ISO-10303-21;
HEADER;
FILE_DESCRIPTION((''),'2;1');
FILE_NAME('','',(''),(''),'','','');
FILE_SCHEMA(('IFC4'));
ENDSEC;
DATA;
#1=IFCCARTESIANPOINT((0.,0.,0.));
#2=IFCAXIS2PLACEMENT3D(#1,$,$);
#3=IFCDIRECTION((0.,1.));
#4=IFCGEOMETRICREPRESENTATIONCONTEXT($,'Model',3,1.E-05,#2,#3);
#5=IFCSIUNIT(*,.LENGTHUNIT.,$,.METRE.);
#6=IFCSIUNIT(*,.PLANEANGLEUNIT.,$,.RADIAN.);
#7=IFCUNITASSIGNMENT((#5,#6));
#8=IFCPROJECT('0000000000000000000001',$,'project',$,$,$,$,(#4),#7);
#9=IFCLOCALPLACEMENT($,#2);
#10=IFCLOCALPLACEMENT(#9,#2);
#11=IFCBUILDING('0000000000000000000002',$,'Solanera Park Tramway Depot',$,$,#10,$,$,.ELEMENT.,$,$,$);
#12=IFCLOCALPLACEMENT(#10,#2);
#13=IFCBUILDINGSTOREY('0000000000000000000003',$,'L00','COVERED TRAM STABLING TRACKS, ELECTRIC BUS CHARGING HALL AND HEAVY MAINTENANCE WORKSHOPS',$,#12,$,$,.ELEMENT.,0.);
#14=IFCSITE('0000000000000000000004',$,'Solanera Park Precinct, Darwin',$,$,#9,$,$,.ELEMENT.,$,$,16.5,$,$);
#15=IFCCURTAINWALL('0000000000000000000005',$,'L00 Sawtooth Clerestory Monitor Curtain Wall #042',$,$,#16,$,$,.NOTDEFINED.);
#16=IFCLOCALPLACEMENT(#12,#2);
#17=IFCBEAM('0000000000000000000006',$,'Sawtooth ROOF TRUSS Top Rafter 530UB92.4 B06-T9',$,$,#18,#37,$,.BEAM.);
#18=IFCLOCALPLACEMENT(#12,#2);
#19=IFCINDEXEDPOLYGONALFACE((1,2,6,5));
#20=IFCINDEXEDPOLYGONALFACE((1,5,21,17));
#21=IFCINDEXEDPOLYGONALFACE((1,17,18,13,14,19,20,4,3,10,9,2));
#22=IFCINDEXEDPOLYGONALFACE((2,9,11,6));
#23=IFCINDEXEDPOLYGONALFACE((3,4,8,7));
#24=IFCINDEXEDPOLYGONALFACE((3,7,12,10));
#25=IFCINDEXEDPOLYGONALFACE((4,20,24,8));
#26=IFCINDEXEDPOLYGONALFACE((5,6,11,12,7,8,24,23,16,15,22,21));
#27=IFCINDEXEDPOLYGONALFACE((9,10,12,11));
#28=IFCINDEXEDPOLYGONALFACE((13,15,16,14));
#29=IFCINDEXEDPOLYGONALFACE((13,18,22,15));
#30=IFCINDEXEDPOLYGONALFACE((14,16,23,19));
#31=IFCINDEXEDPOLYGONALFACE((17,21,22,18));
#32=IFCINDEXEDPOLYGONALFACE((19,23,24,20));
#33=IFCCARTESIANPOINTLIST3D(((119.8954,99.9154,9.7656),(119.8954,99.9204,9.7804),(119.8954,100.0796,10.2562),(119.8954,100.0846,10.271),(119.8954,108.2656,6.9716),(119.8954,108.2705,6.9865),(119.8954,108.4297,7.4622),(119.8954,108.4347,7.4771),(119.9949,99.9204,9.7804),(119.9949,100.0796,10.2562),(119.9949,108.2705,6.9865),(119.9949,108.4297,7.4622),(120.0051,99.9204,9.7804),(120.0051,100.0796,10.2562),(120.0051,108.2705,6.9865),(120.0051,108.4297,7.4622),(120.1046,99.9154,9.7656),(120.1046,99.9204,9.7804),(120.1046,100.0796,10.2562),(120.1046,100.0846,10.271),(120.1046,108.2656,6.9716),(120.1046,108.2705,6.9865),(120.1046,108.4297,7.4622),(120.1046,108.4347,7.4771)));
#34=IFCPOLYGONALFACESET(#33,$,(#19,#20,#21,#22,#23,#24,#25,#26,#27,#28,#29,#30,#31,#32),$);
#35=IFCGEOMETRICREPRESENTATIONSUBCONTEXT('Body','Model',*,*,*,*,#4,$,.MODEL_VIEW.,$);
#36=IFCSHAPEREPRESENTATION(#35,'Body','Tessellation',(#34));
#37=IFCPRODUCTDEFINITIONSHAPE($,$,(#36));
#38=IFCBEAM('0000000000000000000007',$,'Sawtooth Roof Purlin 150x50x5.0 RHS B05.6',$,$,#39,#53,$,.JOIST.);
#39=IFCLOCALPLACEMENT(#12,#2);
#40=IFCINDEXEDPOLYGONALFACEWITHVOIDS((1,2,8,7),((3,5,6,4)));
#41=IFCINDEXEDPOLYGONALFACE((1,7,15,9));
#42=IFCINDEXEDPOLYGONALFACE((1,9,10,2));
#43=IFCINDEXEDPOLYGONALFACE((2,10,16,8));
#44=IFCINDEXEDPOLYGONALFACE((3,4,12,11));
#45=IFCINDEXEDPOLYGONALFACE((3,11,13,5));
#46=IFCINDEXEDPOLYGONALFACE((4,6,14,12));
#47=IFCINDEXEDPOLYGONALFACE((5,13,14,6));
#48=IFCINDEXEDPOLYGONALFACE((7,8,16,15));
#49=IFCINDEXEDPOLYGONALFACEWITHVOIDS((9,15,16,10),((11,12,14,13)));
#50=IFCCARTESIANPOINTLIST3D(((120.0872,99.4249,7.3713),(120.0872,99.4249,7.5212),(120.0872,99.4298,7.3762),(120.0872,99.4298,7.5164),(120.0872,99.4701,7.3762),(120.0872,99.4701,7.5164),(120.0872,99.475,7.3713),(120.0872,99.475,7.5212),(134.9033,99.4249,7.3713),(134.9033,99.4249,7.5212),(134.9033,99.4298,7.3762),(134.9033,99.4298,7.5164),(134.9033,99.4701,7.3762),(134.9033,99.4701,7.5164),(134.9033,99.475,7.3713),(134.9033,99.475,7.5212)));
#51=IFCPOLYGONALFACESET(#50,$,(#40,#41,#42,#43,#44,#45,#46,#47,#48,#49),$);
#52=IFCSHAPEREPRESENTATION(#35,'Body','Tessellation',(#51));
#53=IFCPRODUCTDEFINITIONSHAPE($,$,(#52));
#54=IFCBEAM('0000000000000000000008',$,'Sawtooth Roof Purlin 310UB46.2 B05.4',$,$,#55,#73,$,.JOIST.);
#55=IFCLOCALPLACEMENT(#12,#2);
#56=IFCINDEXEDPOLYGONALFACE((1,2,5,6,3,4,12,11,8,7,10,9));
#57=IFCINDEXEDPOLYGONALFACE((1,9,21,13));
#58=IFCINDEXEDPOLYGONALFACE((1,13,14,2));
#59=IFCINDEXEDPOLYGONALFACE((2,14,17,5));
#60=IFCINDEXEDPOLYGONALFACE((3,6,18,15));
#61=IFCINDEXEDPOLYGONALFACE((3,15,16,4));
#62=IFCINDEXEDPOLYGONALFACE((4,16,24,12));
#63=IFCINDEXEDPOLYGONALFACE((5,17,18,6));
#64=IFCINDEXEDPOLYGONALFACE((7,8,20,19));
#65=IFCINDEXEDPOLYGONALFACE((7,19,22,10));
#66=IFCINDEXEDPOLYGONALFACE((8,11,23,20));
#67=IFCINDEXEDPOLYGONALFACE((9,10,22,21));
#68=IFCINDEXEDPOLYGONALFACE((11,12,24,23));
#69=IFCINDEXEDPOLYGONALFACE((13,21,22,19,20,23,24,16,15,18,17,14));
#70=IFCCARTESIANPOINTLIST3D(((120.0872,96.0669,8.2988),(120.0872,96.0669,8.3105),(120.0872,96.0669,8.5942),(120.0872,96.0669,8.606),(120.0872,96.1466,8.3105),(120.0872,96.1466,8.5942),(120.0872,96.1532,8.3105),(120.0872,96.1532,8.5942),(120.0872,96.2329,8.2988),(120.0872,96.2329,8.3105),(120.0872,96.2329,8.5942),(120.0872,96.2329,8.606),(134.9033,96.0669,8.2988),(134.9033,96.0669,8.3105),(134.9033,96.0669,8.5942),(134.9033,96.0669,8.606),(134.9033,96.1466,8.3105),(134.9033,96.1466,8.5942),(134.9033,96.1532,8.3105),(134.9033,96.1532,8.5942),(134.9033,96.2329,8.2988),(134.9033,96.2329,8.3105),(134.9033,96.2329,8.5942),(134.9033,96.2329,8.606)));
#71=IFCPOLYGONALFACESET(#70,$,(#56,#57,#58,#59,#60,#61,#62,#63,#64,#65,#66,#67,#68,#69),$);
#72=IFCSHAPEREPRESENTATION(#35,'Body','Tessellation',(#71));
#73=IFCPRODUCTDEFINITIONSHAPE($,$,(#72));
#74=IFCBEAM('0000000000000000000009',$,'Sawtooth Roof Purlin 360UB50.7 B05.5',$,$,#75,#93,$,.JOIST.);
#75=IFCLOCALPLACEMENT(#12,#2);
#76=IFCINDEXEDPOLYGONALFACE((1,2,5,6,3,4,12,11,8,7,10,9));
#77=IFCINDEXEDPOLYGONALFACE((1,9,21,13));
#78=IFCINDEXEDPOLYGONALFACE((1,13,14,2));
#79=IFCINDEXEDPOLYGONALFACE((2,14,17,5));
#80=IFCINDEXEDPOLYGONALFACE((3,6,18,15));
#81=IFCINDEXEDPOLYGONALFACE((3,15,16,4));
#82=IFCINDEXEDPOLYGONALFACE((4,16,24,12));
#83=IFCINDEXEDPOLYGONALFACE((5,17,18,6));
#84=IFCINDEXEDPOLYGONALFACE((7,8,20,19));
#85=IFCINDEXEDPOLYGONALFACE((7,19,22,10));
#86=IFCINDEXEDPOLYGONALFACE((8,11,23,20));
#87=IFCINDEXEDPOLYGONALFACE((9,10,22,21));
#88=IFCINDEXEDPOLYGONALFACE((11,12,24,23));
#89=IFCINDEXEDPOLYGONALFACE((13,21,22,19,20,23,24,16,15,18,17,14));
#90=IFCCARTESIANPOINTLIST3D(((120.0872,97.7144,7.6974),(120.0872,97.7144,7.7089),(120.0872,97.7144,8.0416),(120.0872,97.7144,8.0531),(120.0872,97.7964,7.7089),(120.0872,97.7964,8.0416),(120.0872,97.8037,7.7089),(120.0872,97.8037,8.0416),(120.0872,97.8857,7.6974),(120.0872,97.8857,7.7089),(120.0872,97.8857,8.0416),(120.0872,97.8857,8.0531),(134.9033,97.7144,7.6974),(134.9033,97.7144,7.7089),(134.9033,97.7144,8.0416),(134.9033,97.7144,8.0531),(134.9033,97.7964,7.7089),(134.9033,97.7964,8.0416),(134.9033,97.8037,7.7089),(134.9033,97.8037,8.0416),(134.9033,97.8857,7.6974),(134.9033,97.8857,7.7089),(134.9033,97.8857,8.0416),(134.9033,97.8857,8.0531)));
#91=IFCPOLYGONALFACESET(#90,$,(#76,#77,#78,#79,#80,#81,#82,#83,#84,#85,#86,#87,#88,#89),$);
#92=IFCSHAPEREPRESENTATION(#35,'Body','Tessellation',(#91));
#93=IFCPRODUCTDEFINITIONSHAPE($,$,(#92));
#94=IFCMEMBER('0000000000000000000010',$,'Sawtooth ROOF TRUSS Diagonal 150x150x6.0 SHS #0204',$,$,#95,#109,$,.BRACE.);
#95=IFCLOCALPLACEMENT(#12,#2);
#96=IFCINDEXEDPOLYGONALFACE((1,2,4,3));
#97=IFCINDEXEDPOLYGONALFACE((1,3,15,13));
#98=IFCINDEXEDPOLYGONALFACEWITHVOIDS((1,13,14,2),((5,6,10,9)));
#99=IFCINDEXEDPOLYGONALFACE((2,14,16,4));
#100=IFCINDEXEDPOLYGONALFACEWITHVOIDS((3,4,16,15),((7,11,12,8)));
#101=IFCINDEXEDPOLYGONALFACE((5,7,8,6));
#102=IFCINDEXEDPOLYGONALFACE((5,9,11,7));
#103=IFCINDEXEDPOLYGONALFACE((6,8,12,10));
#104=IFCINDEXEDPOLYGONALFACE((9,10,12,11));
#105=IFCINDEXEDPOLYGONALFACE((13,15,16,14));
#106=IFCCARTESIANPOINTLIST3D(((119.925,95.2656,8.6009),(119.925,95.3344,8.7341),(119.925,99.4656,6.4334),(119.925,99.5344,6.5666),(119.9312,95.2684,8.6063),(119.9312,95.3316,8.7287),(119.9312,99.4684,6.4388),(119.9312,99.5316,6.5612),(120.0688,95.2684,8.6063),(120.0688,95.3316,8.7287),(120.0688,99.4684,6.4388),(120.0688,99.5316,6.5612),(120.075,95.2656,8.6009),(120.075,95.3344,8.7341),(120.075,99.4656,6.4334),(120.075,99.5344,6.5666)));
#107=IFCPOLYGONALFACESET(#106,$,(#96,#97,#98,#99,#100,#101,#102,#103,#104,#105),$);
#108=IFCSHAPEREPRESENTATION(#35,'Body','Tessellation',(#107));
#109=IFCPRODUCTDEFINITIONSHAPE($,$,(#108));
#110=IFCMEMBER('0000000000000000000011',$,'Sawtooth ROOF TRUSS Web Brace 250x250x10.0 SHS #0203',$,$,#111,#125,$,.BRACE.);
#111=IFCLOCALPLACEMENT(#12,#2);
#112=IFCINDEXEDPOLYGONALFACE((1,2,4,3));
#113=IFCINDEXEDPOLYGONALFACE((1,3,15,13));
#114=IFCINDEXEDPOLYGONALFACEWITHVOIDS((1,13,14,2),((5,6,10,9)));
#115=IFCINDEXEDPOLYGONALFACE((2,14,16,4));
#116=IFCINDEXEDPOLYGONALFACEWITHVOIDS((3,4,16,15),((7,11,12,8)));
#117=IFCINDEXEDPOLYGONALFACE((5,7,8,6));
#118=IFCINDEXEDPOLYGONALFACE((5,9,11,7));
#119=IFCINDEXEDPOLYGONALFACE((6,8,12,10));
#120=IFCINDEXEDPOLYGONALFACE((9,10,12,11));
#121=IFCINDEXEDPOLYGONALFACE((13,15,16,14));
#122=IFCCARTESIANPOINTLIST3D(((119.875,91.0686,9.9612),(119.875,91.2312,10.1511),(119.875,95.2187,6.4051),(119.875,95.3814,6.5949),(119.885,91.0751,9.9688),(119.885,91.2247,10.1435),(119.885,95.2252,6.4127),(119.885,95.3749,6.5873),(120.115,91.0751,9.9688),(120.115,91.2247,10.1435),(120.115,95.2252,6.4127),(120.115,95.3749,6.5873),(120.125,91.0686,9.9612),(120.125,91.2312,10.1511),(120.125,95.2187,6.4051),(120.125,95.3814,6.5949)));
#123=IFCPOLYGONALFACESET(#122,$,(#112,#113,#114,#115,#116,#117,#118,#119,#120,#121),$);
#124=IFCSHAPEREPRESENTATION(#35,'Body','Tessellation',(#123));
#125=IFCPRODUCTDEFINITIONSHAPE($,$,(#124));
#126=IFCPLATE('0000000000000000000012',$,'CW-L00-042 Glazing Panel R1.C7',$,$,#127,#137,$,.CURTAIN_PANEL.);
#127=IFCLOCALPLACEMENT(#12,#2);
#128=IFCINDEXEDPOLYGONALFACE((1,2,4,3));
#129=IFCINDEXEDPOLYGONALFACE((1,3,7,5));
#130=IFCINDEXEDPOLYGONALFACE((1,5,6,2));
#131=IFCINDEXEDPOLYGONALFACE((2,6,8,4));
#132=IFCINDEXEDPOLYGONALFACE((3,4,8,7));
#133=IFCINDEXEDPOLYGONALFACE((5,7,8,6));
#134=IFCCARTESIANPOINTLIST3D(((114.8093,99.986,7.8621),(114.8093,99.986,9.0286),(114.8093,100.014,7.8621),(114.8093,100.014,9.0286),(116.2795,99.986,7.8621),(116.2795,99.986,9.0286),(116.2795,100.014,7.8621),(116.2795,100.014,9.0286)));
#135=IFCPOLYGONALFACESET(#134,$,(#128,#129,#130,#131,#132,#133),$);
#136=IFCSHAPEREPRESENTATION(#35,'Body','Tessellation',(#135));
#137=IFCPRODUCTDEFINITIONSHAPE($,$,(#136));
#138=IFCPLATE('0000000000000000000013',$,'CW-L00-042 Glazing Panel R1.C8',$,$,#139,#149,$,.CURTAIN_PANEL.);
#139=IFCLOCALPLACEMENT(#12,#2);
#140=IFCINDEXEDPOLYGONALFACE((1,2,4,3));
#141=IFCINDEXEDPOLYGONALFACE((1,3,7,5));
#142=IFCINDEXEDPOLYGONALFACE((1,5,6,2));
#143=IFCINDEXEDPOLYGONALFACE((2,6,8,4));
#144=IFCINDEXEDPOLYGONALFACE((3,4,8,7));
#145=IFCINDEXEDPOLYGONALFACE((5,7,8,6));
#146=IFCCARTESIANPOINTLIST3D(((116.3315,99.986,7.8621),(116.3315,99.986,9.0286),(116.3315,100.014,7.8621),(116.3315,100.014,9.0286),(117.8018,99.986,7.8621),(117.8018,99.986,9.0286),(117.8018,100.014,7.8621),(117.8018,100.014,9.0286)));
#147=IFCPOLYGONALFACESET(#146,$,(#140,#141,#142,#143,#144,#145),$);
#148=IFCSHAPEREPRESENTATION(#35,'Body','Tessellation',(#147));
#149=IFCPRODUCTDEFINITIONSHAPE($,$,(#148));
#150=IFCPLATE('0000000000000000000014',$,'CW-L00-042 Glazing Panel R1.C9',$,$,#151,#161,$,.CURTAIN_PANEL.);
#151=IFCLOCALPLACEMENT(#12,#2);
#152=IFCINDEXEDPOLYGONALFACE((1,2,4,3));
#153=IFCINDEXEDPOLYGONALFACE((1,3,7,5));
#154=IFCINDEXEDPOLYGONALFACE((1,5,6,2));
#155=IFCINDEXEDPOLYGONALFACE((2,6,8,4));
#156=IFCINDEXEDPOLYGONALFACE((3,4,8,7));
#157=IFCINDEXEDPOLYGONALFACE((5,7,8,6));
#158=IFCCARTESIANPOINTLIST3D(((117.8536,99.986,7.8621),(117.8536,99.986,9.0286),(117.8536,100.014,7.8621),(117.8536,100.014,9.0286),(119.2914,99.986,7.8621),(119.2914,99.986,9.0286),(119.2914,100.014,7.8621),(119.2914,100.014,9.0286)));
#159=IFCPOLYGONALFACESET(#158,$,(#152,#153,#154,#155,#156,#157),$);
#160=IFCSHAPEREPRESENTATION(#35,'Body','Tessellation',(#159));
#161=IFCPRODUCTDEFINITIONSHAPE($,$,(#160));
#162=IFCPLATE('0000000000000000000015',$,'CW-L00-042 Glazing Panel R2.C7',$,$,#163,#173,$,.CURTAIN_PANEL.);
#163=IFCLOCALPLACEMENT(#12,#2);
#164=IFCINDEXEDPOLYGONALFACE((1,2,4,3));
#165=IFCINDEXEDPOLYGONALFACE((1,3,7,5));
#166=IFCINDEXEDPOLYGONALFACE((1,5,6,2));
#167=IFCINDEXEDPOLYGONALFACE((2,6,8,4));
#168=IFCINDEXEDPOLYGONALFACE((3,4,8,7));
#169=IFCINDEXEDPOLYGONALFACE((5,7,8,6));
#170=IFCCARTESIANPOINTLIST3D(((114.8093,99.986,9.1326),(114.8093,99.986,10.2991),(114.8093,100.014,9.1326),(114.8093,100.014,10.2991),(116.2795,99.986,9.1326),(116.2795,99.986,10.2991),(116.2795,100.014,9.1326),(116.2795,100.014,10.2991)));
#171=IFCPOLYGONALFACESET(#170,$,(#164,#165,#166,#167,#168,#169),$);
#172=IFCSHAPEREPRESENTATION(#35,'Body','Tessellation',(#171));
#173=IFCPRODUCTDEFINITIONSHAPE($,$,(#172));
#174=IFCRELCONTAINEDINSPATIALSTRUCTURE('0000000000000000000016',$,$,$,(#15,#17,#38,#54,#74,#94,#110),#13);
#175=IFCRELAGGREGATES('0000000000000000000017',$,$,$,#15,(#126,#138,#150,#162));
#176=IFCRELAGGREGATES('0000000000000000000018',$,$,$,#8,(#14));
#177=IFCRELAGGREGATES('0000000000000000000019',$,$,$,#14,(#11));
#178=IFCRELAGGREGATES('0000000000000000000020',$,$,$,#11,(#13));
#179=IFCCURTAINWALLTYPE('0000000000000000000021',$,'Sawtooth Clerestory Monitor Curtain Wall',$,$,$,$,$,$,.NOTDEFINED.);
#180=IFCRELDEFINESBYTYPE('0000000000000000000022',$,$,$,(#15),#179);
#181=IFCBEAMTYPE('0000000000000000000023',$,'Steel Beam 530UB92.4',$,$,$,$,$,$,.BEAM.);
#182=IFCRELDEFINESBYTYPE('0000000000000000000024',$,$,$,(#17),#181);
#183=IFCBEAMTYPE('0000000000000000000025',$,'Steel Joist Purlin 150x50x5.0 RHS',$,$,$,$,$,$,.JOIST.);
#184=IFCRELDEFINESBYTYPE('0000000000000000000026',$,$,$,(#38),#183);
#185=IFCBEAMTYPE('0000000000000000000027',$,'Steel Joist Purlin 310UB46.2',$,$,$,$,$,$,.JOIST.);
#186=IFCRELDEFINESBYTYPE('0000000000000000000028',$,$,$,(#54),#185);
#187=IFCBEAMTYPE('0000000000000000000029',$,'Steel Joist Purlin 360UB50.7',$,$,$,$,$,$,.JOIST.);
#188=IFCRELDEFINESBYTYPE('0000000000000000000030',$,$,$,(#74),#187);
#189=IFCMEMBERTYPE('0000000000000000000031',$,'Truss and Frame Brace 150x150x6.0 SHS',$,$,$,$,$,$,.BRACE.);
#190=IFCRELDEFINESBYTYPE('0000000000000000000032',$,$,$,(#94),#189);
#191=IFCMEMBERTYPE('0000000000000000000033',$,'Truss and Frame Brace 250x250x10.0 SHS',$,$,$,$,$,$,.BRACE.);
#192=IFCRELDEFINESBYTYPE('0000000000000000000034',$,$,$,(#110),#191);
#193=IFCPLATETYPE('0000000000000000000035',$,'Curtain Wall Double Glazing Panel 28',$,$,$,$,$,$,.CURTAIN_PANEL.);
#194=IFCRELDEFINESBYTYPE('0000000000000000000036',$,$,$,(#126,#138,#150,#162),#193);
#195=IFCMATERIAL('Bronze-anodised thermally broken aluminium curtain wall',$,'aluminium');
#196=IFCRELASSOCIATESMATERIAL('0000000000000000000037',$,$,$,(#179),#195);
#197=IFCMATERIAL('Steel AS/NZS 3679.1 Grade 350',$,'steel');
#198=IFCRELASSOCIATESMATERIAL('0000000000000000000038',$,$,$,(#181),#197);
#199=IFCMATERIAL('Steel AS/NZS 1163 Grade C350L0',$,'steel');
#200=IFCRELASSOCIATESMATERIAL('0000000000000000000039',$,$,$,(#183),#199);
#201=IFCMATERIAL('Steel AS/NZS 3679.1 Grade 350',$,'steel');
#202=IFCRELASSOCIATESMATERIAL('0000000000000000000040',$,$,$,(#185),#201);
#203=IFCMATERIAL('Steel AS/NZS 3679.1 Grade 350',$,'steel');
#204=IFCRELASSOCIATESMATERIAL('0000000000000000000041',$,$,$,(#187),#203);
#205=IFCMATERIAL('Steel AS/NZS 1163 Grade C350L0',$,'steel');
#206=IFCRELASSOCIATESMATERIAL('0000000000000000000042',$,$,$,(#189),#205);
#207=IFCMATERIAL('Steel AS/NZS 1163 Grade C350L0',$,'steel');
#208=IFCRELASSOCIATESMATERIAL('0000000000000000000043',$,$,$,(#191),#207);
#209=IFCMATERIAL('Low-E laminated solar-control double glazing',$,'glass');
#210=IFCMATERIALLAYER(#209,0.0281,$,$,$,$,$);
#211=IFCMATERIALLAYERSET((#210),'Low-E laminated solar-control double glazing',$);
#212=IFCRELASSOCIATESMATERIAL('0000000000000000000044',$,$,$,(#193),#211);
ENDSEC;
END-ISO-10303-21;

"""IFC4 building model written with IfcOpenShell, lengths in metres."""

from ifc_helpers import new_model, si_unit, direction, frame, origin, origin_2d, place, context, subcontext, project, spatial, rectangle, hollow_rectangle, i_section, extrude, material, layer, layer_set, material_profile, profile_set, type_object, element, aggregate, save


model = new_model("IFC4")

# Units and contexts
model_context = context("Model", 3, precision=1e-05, world=origin(), true_north=direction((0.0, 1.0)))
body_context = subcontext(model_context, "Body", "Model", "MODEL_VIEW")
ifc_project = project(units=[si_unit("LENGTHUNIT", "METRE"), si_unit("PLANEANGLEUNIT", "RADIAN")], contexts=[model_context])

# Site, building, storey
site_placement = place(None, origin())
site = spatial("IfcSite", under=ifc_project, at=site_placement, Name="Solanera Park Precinct, Darwin", CompositionType="ELEMENT", RefElevation=16.5)
building_placement = place(site_placement, origin())
building = spatial("IfcBuilding", under=site, at=building_placement, Name="Solanera Park Tramway Depot", CompositionType="ELEMENT")
storey_placement = place(building_placement, origin())
storey = spatial("IfcBuildingStorey", under=building, at=storey_placement, Name="L00", Description="COVERED TRAM STABLING TRACKS, ELECTRIC BUS CHARGING HALL AND HEAVY MAINTENANCE WORKSHOPS", CompositionType="ELEMENT", Elevation=0.0)

# Curtain wall
ifc_material_1 = material(Name="Bronze-anodised thermally broken aluminium curtain wall", Category="aluminium")
curtain_wall_type = type_object("IfcCurtainWallType", Name="Sawtooth Clerestory Monitor Curtain Wall", PredefinedType="NOTDEFINED", material=ifc_material_1)
curtain_wall_1_placement = place(storey_placement, origin())
curtain_wall_1 = element("IfcCurtainWall", 1, at=curtain_wall_1_placement, inside=storey, type_object=curtain_wall_type, Name="L00 Sawtooth Clerestory Monitor Curtain Wall #042", PredefinedType="NOTDEFINED")

# Beams
ifc_material_2 = material(Name="Steel AS/NZS 3679.1 Grade 350", Category="steel")
ifc_material_profile_1 = material_profile(ifc_material_2, i_section(OverallWidth=0.2092, OverallDepth=0.533, WebThickness=0.0103, FlangeThickness=0.0156, at=origin_2d()), Name="530UB92.4")
ifc_profile_set_1 = profile_set([ifc_material_profile_1], Name="Steel AS/NZS 3679.1 Grade 350")
beam_type_1 = type_object("IfcBeamType", Name="Steel Beam 530UB92.4", PredefinedType="BEAM", material=ifc_profile_set_1)
beam_1_placement = place(storey_placement, frame((120.0, 100.0, 10.0183), z_axis=(0.0, 0.948322, -0.317309), x_axis=(-1.0, 0.0, 0.0)))
element("IfcBeam", 2, at=beam_1_placement, inside=storey, type_object=beam_type_1, Name="Sawtooth ROOF TRUSS Top Rafter 530UB92.4 B06-T9", PredefinedType="BEAM", context=body_context, shape_type="SweptSolid", body=[
    extrude(i_section(OverallWidth=0.2092, OverallDepth=0.533, WebThickness=0.0103, FlangeThickness=0.0156, at=origin_2d()), origin(), (0.0, 0.0, 1.0), 8.8052),
])
ifc_material_3 = material(Name="Steel AS/NZS 1163 Grade C350L0", Category="steel")
ifc_material_profile_2 = material_profile(ifc_material_3, hollow_rectangle(XDim=0.05, YDim=0.1499, WallThickness=0.0049, at=origin_2d()), Name="150x50x5.0 RHS")
ifc_profile_set_2 = profile_set([ifc_material_profile_2], Name="Steel AS/NZS 1163 Grade C350L0")
beam_type_2 = type_object("IfcBeamType", Name="Steel Joist Purlin 150x50x5.0 RHS", PredefinedType="JOIST", material=ifc_profile_set_2)
beam_2_placement = place(storey_placement, frame((120.0872, 99.45, 7.4463), z_axis=(1.0, 0.0, 0.0), x_axis=(0.0, 1.0, 0.0)))
element("IfcBeam", 3, at=beam_2_placement, inside=storey, type_object=beam_type_2, Name="Sawtooth Roof Purlin 150x50x5.0 RHS B05.6", PredefinedType="JOIST", context=body_context, shape_type="SweptSolid", body=[
    extrude(hollow_rectangle(XDim=0.05, YDim=0.1499, WallThickness=0.0049, at=origin_2d()), origin(), (0.0, 0.0, 1.0), 14.8162),
])
ifc_material_4 = material(Name="Steel AS/NZS 3679.1 Grade 350", Category="steel")
ifc_material_profile_3 = material_profile(ifc_material_4, i_section(OverallWidth=0.166, OverallDepth=0.3071, WebThickness=0.0066, FlangeThickness=0.0117, at=origin_2d()), Name="310UB46.2")
ifc_profile_set_3 = profile_set([ifc_material_profile_3], Name="Steel AS/NZS 3679.1 Grade 350")
beam_type_3 = type_object("IfcBeamType", Name="Steel Joist Purlin 310UB46.2", PredefinedType="JOIST", material=ifc_profile_set_3)
beam_3_placement = place(storey_placement, frame((120.0872, 96.1499, 8.4524), z_axis=(1.0, 0.0, 0.0), x_axis=(0.0, 1.0, 0.0)))
element("IfcBeam", 4, at=beam_3_placement, inside=storey, type_object=beam_type_3, Name="Sawtooth Roof Purlin 310UB46.2 B05.4", PredefinedType="JOIST", context=body_context, shape_type="SweptSolid", body=[
    extrude(i_section(OverallWidth=0.166, OverallDepth=0.3071, WebThickness=0.0066, FlangeThickness=0.0117, at=origin_2d()), origin(), (0.0, 0.0, 1.0), 14.8162),
])
ifc_material_5 = material(Name="Steel AS/NZS 3679.1 Grade 350", Category="steel")
ifc_material_profile_4 = material_profile(ifc_material_5, i_section(OverallWidth=0.1714, OverallDepth=0.3557, WebThickness=0.0073, FlangeThickness=0.0115, at=origin_2d()), Name="360UB50.7")
ifc_profile_set_4 = profile_set([ifc_material_profile_4], Name="Steel AS/NZS 3679.1 Grade 350")
beam_type_4 = type_object("IfcBeamType", Name="Steel Joist Purlin 360UB50.7", PredefinedType="JOIST", material=ifc_profile_set_4)
beam_4_placement = place(storey_placement, frame((120.0872, 97.8, 7.8752), z_axis=(1.0, 0.0, 0.0), x_axis=(0.0, 1.0, 0.0)))
element("IfcBeam", 5, at=beam_4_placement, inside=storey, type_object=beam_type_4, Name="Sawtooth Roof Purlin 360UB50.7 B05.5", PredefinedType="JOIST", context=body_context, shape_type="SweptSolid", body=[
    extrude(i_section(OverallWidth=0.1714, OverallDepth=0.3557, WebThickness=0.0073, FlangeThickness=0.0115, at=origin_2d()), origin(), (0.0, 0.0, 1.0), 14.8162),
])

# Members
ifc_material_6 = material(Name="Steel AS/NZS 1163 Grade C350L0", Category="steel")
ifc_material_profile_5 = material_profile(ifc_material_6, hollow_rectangle(XDim=0.1499, YDim=0.1499, WallThickness=0.0061, at=origin_2d()), Name="150x150x6.0 SHS")
ifc_profile_set_5 = profile_set([ifc_material_profile_5], Name="Steel AS/NZS 1163 Grade C350L0")
member_type_1 = type_object("IfcMemberType", Name="Truss and Frame Brace 150x150x6.0 SHS", PredefinedType="BRACE", material=ifc_profile_set_5)
member_1_placement = place(storey_placement, frame((120.0, 99.5, 6.5), z_axis=(0.0, -0.888641, 0.458603), x_axis=(1.0, 0.0, 0.0)))
element("IfcMember", 6, at=member_1_placement, inside=storey, type_object=member_type_1, Name="Sawtooth ROOF TRUSS Diagonal 150x150x6.0 SHS #0204", PredefinedType="BRACE", context=body_context, shape_type="SweptSolid", body=[
    extrude(hollow_rectangle(XDim=0.1499, YDim=0.1499, WallThickness=0.0061, at=origin_2d()), origin(), (0.0, 0.0, 1.0), 4.7263),
])
ifc_material_7 = material(Name="Steel AS/NZS 1163 Grade C350L0", Category="steel")
ifc_material_profile_6 = material_profile(ifc_material_7, hollow_rectangle(XDim=0.25, YDim=0.25, WallThickness=0.01, at=origin_2d()), Name="250x250x10.0 SHS")
ifc_profile_set_6 = profile_set([ifc_material_profile_6], Name="Steel AS/NZS 1163 Grade C350L0")
member_type_2 = type_object("IfcMemberType", Name="Truss and Frame Brace 250x250x10.0 SHS", PredefinedType="BRACE", material=ifc_profile_set_6)
member_2_placement = place(storey_placement, frame((120.0, 95.3, 6.5), z_axis=(0.0, -0.759357, 0.650674), x_axis=(1.0, 0.0, 0.0)))
element("IfcMember", 7, at=member_2_placement, inside=storey, type_object=member_type_2, Name="Sawtooth ROOF TRUSS Web Brace 250x250x10.0 SHS #0203", PredefinedType="BRACE", context=body_context, shape_type="SweptSolid", body=[
    extrude(hollow_rectangle(XDim=0.25, YDim=0.25, WallThickness=0.01, at=origin_2d()), origin(), (0.0, 0.0, 1.0), 5.4653),
])

# Plates
ifc_material_8 = material(Name="Low-E laminated solar-control double glazing", Category="glass")
ifc_layer_1 = layer(ifc_material_8, 0.0281)
ifc_layer_set_1 = layer_set([ifc_layer_1], Name="Low-E laminated solar-control double glazing")
plate_type_1 = type_object("IfcPlateType", Name="Curtain Wall Double Glazing Panel 28", PredefinedType="CURTAIN_PANEL", material=ifc_layer_set_1)
plate_1_placement = place(storey_placement, frame((115.5444, 100.0, 7.8621), z_axis=(0.0, 0.0, 1.0), x_axis=(1.0, 0.0, 0.0)))
plate_1 = element("IfcPlate", 8, at=plate_1_placement, type_object=plate_type_1, Name="CW-L00-042 Glazing Panel R1.C7", PredefinedType="CURTAIN_PANEL", context=body_context, shape_type="SweptSolid", body=[
    extrude(rectangle(XDim=1.4702, YDim=0.0281, at=origin_2d()), origin(), (0.0, 0.0, 1.0), 1.1665),
])
plate_2_placement = place(storey_placement, frame((117.0667, 100.0, 7.8621), z_axis=(0.0, 0.0, 1.0), x_axis=(1.0, 0.0, 0.0)))
plate_2 = element("IfcPlate", 9, at=plate_2_placement, type_object=plate_type_1, Name="CW-L00-042 Glazing Panel R1.C8", PredefinedType="CURTAIN_PANEL", context=body_context, shape_type="SweptSolid", body=[
    extrude(rectangle(XDim=1.4702, YDim=0.0281, at=origin_2d()), origin(), (0.0, 0.0, 1.0), 1.1665),
])
plate_3_placement = place(storey_placement, frame((118.5725, 100.0, 7.8621), z_axis=(0.0, 0.0, 1.0), x_axis=(1.0, 0.0, 0.0)))
plate_3 = element("IfcPlate", 10, at=plate_3_placement, type_object=plate_type_1, Name="CW-L00-042 Glazing Panel R1.C9", PredefinedType="CURTAIN_PANEL", context=body_context, shape_type="SweptSolid", body=[
    extrude(rectangle(XDim=1.4377, YDim=0.0281, at=origin_2d()), origin(), (0.0, 0.0, 1.0), 1.1665),
])
plate_4_placement = place(storey_placement, frame((115.5444, 100.0, 9.1326), z_axis=(0.0, 0.0, 1.0), x_axis=(1.0, 0.0, 0.0)))
plate_4 = element("IfcPlate", 11, at=plate_4_placement, type_object=plate_type_1, Name="CW-L00-042 Glazing Panel R2.C7", PredefinedType="CURTAIN_PANEL", context=body_context, shape_type="SweptSolid", body=[
    extrude(rectangle(XDim=1.4702, YDim=0.0281, at=origin_2d()), origin(), (0.0, 0.0, 1.0), 1.1665),
])
aggregate(curtain_wall_1, [plate_1, plate_2, plate_3, plate_4])

save(model, "model.ifc")
